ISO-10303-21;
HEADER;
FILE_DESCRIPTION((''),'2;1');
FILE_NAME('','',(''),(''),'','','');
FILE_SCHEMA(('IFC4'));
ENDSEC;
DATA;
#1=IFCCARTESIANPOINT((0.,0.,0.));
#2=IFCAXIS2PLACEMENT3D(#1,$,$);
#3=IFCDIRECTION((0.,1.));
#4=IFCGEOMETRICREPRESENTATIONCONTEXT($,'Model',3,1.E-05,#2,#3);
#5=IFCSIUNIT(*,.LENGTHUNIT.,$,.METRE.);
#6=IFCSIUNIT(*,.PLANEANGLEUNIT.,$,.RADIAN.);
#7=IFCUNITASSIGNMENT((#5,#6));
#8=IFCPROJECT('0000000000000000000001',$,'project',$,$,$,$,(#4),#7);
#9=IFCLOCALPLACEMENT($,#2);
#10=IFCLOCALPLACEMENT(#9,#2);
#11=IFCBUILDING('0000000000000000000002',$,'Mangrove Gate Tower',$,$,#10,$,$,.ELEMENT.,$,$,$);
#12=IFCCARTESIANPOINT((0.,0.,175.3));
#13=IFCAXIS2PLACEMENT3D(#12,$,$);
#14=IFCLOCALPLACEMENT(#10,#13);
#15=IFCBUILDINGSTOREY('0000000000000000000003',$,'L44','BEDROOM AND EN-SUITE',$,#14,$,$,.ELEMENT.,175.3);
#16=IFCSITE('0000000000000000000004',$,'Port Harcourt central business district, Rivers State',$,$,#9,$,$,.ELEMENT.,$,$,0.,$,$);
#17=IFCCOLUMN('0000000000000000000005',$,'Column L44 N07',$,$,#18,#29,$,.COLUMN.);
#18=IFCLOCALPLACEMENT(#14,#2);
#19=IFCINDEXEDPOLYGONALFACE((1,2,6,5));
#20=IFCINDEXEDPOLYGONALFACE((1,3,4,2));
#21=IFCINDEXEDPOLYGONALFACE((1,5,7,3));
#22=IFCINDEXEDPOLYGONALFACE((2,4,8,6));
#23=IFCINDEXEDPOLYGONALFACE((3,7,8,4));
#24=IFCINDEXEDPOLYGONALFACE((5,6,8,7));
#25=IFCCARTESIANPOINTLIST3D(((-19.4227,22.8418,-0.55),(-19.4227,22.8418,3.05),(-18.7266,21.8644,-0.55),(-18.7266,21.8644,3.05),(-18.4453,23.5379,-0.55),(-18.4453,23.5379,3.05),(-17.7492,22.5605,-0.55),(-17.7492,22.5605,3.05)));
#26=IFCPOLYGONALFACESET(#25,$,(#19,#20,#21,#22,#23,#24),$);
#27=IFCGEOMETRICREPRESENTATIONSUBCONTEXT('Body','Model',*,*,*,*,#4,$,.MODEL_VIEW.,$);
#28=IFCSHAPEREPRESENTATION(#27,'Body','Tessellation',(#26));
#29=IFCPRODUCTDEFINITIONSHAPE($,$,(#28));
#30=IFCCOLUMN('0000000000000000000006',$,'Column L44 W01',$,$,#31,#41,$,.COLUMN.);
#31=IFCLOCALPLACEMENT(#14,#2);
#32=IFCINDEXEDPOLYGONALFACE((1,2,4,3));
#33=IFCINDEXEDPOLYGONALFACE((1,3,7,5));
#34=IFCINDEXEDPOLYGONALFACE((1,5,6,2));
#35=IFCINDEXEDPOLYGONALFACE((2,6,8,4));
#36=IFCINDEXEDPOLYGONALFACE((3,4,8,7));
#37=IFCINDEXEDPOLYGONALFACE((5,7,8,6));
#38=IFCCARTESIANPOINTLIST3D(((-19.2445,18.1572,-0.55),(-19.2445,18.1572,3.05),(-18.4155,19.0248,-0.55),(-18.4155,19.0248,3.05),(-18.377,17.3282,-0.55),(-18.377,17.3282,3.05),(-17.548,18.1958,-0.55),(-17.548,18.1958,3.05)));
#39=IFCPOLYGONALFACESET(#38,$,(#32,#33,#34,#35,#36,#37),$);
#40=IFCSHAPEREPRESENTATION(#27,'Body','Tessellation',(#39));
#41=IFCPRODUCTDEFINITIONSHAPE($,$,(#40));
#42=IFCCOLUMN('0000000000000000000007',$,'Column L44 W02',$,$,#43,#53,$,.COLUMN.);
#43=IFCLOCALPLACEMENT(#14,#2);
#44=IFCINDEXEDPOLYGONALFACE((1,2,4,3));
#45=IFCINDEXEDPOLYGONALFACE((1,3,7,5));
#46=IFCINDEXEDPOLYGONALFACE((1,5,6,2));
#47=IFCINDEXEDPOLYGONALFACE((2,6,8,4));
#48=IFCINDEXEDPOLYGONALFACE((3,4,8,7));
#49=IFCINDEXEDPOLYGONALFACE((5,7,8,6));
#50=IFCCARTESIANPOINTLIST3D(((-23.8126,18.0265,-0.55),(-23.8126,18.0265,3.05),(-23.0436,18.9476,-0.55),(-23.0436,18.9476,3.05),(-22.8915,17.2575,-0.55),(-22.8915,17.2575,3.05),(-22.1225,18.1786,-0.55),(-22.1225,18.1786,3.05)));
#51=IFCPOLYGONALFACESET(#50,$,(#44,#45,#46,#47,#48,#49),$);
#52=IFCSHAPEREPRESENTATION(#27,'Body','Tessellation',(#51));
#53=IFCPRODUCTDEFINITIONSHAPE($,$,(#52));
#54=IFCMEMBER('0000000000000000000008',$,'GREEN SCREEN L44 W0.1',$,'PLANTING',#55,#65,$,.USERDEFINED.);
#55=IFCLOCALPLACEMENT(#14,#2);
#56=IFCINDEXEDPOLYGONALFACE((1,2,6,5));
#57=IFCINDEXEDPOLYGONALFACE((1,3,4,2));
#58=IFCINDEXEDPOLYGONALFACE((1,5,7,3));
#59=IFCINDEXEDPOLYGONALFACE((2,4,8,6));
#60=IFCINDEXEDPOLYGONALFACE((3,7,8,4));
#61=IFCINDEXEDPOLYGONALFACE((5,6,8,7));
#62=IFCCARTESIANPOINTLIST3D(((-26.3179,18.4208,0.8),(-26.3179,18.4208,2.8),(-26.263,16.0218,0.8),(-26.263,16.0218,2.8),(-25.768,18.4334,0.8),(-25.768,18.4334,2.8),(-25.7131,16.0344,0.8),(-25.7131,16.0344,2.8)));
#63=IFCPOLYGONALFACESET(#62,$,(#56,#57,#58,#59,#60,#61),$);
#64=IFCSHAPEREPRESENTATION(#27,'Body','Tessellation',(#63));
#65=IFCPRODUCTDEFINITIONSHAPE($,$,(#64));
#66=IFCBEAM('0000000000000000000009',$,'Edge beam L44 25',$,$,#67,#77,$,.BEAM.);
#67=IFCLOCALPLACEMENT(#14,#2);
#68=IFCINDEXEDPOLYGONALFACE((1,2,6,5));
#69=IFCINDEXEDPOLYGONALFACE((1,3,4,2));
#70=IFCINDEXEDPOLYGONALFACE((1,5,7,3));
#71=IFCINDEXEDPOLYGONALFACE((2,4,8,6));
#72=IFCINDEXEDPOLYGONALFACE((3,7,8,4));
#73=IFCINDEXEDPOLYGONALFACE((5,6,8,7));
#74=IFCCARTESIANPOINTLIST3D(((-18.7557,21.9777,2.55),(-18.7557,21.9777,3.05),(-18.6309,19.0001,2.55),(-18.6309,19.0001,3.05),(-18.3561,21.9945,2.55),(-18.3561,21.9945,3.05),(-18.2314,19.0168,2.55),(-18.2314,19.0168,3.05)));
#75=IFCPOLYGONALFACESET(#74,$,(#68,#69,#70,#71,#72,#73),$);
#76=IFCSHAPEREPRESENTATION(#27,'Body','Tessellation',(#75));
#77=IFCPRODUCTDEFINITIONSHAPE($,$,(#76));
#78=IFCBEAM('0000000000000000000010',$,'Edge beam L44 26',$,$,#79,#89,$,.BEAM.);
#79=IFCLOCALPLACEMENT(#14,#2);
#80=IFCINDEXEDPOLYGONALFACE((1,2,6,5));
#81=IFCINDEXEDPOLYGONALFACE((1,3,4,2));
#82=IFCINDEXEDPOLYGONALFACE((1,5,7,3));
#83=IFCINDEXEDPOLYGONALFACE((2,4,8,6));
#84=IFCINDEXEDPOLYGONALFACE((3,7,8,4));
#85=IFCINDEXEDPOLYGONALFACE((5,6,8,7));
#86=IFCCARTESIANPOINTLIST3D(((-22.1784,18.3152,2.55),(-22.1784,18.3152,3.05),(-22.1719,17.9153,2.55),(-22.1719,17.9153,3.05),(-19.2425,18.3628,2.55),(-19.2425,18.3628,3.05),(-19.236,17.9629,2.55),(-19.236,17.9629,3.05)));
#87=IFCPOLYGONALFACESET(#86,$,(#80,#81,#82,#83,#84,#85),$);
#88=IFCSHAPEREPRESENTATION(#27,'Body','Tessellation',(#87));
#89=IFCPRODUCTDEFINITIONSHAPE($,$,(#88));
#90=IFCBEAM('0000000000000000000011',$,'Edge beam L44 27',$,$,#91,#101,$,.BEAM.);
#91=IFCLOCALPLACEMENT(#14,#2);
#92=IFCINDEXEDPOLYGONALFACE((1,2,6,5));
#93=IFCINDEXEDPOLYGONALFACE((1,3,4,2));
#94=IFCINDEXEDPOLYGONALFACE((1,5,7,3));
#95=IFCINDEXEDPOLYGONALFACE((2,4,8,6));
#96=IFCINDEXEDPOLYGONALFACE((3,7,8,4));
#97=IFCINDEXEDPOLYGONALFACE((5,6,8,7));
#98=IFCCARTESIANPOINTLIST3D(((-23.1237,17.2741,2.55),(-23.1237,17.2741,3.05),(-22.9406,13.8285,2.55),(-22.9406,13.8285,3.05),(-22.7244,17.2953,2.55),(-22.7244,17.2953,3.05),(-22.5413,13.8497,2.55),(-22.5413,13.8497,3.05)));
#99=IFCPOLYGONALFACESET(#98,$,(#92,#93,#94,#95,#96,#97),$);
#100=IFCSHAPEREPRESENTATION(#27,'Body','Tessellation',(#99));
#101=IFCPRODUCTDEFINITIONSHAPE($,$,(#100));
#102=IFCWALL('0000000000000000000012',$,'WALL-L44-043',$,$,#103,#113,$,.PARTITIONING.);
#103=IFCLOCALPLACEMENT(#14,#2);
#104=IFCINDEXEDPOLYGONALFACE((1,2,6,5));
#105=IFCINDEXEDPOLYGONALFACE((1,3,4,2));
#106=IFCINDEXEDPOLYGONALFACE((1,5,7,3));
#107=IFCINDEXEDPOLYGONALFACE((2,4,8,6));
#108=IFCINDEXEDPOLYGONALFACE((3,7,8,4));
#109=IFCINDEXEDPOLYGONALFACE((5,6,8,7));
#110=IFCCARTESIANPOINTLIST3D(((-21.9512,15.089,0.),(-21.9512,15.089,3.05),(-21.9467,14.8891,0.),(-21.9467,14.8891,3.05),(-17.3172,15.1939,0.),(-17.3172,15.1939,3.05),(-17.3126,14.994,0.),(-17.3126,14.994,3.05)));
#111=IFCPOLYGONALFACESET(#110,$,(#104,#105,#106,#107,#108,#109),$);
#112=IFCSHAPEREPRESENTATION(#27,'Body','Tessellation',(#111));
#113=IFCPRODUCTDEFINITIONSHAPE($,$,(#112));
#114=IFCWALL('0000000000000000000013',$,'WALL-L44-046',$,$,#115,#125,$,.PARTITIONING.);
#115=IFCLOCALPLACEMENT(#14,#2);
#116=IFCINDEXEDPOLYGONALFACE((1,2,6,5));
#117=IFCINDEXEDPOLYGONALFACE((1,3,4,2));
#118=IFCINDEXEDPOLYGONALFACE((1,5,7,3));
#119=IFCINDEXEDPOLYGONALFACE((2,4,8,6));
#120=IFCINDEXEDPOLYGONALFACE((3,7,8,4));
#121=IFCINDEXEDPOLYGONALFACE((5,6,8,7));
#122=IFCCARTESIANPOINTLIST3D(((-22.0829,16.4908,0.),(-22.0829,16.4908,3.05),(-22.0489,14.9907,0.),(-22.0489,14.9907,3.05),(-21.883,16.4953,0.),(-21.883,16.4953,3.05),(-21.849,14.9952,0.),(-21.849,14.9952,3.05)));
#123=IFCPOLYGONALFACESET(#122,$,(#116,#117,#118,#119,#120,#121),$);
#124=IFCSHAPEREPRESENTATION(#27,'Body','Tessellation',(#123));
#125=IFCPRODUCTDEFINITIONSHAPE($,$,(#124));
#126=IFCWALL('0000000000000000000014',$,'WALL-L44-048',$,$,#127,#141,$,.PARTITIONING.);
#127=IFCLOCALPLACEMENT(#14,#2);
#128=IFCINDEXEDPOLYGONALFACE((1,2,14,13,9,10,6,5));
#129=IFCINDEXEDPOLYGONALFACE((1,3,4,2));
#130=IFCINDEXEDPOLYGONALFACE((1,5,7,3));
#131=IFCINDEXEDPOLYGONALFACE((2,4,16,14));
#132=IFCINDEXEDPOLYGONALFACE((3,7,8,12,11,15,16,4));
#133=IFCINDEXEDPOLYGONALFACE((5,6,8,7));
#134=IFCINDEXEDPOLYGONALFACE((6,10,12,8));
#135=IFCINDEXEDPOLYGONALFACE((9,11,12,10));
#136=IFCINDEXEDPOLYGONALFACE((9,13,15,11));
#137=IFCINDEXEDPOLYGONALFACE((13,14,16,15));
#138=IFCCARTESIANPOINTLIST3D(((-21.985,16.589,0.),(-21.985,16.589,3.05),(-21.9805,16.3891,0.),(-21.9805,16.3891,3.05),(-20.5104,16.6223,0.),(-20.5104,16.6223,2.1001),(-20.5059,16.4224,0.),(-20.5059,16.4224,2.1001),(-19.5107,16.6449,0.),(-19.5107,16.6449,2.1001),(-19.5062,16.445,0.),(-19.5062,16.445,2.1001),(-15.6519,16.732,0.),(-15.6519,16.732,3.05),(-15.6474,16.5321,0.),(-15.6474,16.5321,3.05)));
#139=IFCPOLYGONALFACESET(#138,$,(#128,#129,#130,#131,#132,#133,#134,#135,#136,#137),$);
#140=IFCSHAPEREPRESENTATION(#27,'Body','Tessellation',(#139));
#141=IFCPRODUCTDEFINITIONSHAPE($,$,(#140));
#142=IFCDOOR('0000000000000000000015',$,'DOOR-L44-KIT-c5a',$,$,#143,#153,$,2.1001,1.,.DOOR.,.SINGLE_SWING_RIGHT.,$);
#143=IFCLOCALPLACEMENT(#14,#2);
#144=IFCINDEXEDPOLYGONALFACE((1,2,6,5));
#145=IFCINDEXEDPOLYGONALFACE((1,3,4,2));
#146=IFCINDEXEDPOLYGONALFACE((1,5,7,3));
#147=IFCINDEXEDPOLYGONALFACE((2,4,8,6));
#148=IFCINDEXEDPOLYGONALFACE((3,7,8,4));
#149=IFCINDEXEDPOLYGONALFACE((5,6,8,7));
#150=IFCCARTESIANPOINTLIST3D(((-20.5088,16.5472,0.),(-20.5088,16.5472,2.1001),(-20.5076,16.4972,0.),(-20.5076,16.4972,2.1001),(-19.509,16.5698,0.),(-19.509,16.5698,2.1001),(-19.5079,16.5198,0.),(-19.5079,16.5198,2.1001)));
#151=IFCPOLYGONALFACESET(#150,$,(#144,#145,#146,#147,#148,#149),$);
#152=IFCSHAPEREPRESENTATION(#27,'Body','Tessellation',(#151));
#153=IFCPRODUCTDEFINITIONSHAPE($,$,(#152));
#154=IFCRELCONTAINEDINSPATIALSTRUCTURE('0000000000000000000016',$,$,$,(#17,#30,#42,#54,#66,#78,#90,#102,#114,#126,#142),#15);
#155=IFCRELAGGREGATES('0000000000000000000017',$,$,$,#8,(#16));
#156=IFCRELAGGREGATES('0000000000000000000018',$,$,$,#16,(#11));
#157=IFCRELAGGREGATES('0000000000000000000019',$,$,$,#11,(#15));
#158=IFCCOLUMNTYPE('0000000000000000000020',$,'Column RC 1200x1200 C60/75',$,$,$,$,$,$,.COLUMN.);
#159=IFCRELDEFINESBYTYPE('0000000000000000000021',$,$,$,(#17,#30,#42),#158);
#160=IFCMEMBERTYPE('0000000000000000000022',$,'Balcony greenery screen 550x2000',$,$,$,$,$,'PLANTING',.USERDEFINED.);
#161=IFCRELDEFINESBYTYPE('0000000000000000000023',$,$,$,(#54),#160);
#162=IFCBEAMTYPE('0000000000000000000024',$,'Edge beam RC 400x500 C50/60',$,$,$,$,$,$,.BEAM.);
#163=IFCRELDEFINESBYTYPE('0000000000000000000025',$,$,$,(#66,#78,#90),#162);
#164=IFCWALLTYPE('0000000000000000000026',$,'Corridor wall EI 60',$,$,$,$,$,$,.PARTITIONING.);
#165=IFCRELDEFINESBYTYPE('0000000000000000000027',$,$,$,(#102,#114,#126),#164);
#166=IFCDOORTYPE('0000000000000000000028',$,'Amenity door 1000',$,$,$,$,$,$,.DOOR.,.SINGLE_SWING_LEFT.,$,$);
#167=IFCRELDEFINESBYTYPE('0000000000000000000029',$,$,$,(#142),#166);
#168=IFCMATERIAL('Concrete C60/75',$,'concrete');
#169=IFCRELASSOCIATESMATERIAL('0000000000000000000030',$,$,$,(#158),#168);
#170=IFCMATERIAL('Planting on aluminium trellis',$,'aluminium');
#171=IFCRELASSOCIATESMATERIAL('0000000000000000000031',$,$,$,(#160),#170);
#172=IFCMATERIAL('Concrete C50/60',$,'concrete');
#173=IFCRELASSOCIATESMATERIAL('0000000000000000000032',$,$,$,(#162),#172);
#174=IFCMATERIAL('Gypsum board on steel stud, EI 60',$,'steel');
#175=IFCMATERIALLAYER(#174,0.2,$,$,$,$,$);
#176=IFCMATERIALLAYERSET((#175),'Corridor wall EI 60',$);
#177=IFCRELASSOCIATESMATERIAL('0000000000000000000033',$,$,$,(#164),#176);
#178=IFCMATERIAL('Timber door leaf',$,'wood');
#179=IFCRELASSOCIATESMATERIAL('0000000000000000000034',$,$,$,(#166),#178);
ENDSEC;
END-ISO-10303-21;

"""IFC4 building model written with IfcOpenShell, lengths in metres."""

from ifc_helpers import new_model, si_unit, direction, frame, frame_2d, origin, origin_2d, place, context, subcontext, project, spatial, rectangle, extrude, material, layer, layer_set, material_profile, profile_set, type_object, element, fill, save


model = new_model("IFC4")

# Units and contexts
model_context = context("Model", 3, precision=1e-05, world=origin(), true_north=direction((0.0, 1.0)))
body_context = subcontext(model_context, "Body", "Model", "MODEL_VIEW")
ifc_project = project(units=[si_unit("LENGTHUNIT", "METRE"), si_unit("PLANEANGLEUNIT", "RADIAN")], contexts=[model_context])

# Site, building, storey
site_placement = place(None, origin())
site = spatial("IfcSite", under=ifc_project, at=site_placement, Name="Port Harcourt central business district, Rivers State", CompositionType="ELEMENT", RefElevation=0.0)
building_placement = place(site_placement, origin())
building = spatial("IfcBuilding", under=site, at=building_placement, Name="Mangrove Gate Tower", CompositionType="ELEMENT")
storey_placement = place(building_placement, frame((0.0, 0.0, 175.3)))
storey = spatial("IfcBuildingStorey", under=building, at=storey_placement, Name="L44", Description="BEDROOM AND EN-SUITE", CompositionType="ELEMENT", Elevation=175.3)

# Columns
ifc_material_1 = material(Name="Concrete C60/75", Category="concrete")
ifc_material_profile_1 = material_profile(ifc_material_1, rectangle(XDim=1.2, YDim=1.2, at=origin_2d()))
ifc_profile_set_1 = profile_set([ifc_material_profile_1], Name="Concrete C60/75")
column_type = type_object("IfcColumnType", Name="Column RC 1200x1200 C60/75", PredefinedType="COLUMN", material=ifc_profile_set_1)
for number, where, z_axis, x_axis, name in (
    (1, (-18.5859, 22.7012, -0.55), (0.0, 0.0, 1.0), (-0.814549, -0.580095, 0.0), "Column L44 N07"),
    (2, (-18.3962, 18.1765, -0.55), (0.0, 0.0, 1.0), (-0.69086, -0.722989, 0.0), "Column L44 W01"),
    (3, (-22.9675, 18.1025, -0.55), (0.0, 0.0, 1.0), (-0.640874, -0.767646, 0.0), "Column L44 W02"),
):
    element("IfcColumn", number, at=place(storey_placement, frame(where, z_axis=z_axis, x_axis=x_axis)), inside=storey, type_object=column_type, Name=name, PredefinedType="COLUMN", context=body_context, shape_type="SweptSolid", body=[
        extrude(rectangle(XDim=1.2, YDim=1.2, at=origin_2d()), origin(), (0.0, 0.0, 1.0), 3.6001),
    ])

# Member
ifc_material_2 = material(Name="Planting on aluminium trellis", Category="aluminium")
ifc_material_profile_2 = material_profile(ifc_material_2, rectangle(XDim=0.55, YDim=2.0, at=origin_2d()))
ifc_profile_set_2 = profile_set([ifc_material_profile_2], Name="Planting on aluminium trellis")
member_type = type_object("IfcMemberType", Name="Balcony greenery screen 550x2000", ElementType="PLANTING", PredefinedType="USERDEFINED", material=ifc_profile_set_2)
member_placement = place(storey_placement, frame((-25.988, 16.0281, 1.8), z_axis=(-0.022892, 0.999738, 0.0), x_axis=(-0.999738, -0.022892, 0.0)))
element("IfcMember", 4, at=member_placement, inside=storey, type_object=member_type, Name="GREEN SCREEN L44 W0.1", ObjectType="PLANTING", PredefinedType="USERDEFINED", context=body_context, shape_type="SweptSolid", body=[
    extrude(rectangle(XDim=0.55, YDim=2.0, at=origin_2d()), origin(), (0.0, 0.0, 1.0), 2.3997),
])

# Beams
ifc_material_3 = material(Name="Concrete C50/60", Category="concrete")
ifc_material_profile_3 = material_profile(ifc_material_3, rectangle(XDim=0.3999, YDim=0.5, at=origin_2d()))
ifc_profile_set_3 = profile_set([ifc_material_profile_3], Name="Concrete C50/60")
beam_type = type_object("IfcBeamType", Name="Edge beam RC 400x500 C50/60", PredefinedType="BEAM", material=ifc_profile_set_3)
beam_1_placement = place(storey_placement, frame((-18.5559, 21.9861, 2.8), z_axis=(0.041862, -0.999123, 0.0), x_axis=(0.999123, 0.041862, 0.0)))
element("IfcBeam", 5, at=beam_1_placement, inside=storey, type_object=beam_type, Name="Edge beam L44 25", PredefinedType="BEAM", context=body_context, shape_type="SweptSolid", body=[
    extrude(rectangle(XDim=0.3999, YDim=0.5, at=origin_2d()), origin(), (0.0, 0.0, 1.0), 2.9802),
])
beam_2_placement = place(storey_placement, frame((-19.2393, 18.1628, 2.8), z_axis=(-0.999869, -0.016214, 0.0), x_axis=(0.016214, -0.999869, 0.0)))
element("IfcBeam", 6, at=beam_2_placement, inside=storey, type_object=beam_type, Name="Edge beam L44 26", PredefinedType="BEAM", context=body_context, shape_type="SweptSolid", body=[
    extrude(rectangle(XDim=0.3999, YDim=0.5, at=origin_2d()), origin(), (0.0, 0.0, 1.0), 2.9363),
])
beam_3_placement = place(storey_placement, frame((-22.9241, 17.2847, 2.8), z_axis=(0.053068, -0.998591, 0.0), x_axis=(0.998591, 0.053068, 0.0)))
element("IfcBeam", 7, at=beam_3_placement, inside=storey, type_object=beam_type, Name="Edge beam L44 27", PredefinedType="BEAM", context=body_context, shape_type="SweptSolid", body=[
    extrude(rectangle(XDim=0.3999, YDim=0.5, at=origin_2d()), origin(), (0.0, 0.0, 1.0), 3.4504),
])

# Walls
ifc_material_4 = material(Name="Gypsum board on steel stud, EI 60", Category="steel")
ifc_layer_1 = layer(ifc_material_4, 0.2)
ifc_layer_set_1 = layer_set([ifc_layer_1], Name="Corridor wall EI 60")
wall_type_1 = type_object("IfcWallType", Name="Corridor wall EI 60", PredefinedType="PARTITIONING", material=ifc_layer_set_1)
wall_1_placement = place(storey_placement, frame((-21.949, 14.989, 0.0), z_axis=(0.0, 0.0, 1.0), x_axis=(0.999743, 0.022648, 0.0)))
element("IfcWall", 8, at=wall_1_placement, inside=storey, type_object=wall_type_1, Name="WALL-L44-043", PredefinedType="PARTITIONING", context=body_context, shape_type="SweptSolid", body=[
    extrude(rectangle(XDim=4.6353, YDim=0.2, at=frame_2d((2.3176, 0.0))), origin(), (0.0, 0.0, 1.0), 3.05),
])
wall_2_placement = place(storey_placement, frame((-21.949, 14.9929, 0.0), z_axis=(0.0, 0.0, 1.0), x_axis=(-0.022618, 0.999744, 0.0)))
element("IfcWall", 9, at=wall_2_placement, inside=storey, type_object=wall_type_1, Name="WALL-L44-046", PredefinedType="PARTITIONING", context=body_context, shape_type="SweptSolid", body=[
    extrude(rectangle(XDim=1.5005, YDim=0.2, at=frame_2d((0.7502, 0.0))), origin(), (0.0, 0.0, 1.0), 3.05),
])

# Wall, opening, door
wall_3_placement = place(storey_placement, frame((-21.9829, 16.489, 0.0), z_axis=(0.0, 0.0, 1.0), x_axis=(0.999745, 0.022585, 0.0)))
wall_3 = element("IfcWall", 10, at=wall_3_placement, inside=storey, type_object=wall_type_1, Name="WALL-L44-048", PredefinedType="PARTITIONING", context=body_context, shape_type="SweptSolid", body=[
    extrude(rectangle(XDim=6.3347, YDim=0.2, at=frame_2d((3.1675, 0.0))), origin(), (0.0, 0.0, 1.0), 3.05),
])
opening_1_placement = place(wall_3_placement, frame((1.4751, 0.0, 0.0)))
opening_1 = element("IfcOpeningElement", 11, at=opening_1_placement, cuts=wall_3, PredefinedType="OPENING", context=body_context, shape_type="SweptSolid", body=[
    extrude(rectangle(XDim=1.0, YDim=2.1001, at=frame_2d((0.5, 1.05))), frame((0.0, 0.1099, 0.0), z_axis=(0.0, -1.0, 0.0), x_axis=(1.0, 0.0, 0.0)), (0.0, 0.0, 1.0), 0.22),
])
ifc_material_5 = material(Name="Timber door leaf", Category="wood")
door_type_1 = type_object("IfcDoorType", Name="Amenity door 1000", OperationType="SINGLE_SWING_LEFT", PredefinedType="DOOR", material=ifc_material_5)
door_1_placement = place(opening_1_placement, origin())
door_1 = element("IfcDoor", 12, at=door_1_placement, inside=storey, type_object=door_type_1, Name="DOOR-L44-KIT-c5a", OperationType="SINGLE_SWING_RIGHT", OverallHeight=2.1001, OverallWidth=1.0, PredefinedType="DOOR", context=body_context, shape_type="SweptSolid", body=[
    extrude(rectangle(XDim=1.0, YDim=2.1001, at=frame_2d((0.5, 1.05))), frame((0.0, 0.0249, 0.0), z_axis=(0.0, -1.0, 0.0), x_axis=(1.0, 0.0, 0.0)), (0.0, 0.0, 1.0), 0.05),
])
fill(opening_1, door_1)

save(model, "model.ifc")
